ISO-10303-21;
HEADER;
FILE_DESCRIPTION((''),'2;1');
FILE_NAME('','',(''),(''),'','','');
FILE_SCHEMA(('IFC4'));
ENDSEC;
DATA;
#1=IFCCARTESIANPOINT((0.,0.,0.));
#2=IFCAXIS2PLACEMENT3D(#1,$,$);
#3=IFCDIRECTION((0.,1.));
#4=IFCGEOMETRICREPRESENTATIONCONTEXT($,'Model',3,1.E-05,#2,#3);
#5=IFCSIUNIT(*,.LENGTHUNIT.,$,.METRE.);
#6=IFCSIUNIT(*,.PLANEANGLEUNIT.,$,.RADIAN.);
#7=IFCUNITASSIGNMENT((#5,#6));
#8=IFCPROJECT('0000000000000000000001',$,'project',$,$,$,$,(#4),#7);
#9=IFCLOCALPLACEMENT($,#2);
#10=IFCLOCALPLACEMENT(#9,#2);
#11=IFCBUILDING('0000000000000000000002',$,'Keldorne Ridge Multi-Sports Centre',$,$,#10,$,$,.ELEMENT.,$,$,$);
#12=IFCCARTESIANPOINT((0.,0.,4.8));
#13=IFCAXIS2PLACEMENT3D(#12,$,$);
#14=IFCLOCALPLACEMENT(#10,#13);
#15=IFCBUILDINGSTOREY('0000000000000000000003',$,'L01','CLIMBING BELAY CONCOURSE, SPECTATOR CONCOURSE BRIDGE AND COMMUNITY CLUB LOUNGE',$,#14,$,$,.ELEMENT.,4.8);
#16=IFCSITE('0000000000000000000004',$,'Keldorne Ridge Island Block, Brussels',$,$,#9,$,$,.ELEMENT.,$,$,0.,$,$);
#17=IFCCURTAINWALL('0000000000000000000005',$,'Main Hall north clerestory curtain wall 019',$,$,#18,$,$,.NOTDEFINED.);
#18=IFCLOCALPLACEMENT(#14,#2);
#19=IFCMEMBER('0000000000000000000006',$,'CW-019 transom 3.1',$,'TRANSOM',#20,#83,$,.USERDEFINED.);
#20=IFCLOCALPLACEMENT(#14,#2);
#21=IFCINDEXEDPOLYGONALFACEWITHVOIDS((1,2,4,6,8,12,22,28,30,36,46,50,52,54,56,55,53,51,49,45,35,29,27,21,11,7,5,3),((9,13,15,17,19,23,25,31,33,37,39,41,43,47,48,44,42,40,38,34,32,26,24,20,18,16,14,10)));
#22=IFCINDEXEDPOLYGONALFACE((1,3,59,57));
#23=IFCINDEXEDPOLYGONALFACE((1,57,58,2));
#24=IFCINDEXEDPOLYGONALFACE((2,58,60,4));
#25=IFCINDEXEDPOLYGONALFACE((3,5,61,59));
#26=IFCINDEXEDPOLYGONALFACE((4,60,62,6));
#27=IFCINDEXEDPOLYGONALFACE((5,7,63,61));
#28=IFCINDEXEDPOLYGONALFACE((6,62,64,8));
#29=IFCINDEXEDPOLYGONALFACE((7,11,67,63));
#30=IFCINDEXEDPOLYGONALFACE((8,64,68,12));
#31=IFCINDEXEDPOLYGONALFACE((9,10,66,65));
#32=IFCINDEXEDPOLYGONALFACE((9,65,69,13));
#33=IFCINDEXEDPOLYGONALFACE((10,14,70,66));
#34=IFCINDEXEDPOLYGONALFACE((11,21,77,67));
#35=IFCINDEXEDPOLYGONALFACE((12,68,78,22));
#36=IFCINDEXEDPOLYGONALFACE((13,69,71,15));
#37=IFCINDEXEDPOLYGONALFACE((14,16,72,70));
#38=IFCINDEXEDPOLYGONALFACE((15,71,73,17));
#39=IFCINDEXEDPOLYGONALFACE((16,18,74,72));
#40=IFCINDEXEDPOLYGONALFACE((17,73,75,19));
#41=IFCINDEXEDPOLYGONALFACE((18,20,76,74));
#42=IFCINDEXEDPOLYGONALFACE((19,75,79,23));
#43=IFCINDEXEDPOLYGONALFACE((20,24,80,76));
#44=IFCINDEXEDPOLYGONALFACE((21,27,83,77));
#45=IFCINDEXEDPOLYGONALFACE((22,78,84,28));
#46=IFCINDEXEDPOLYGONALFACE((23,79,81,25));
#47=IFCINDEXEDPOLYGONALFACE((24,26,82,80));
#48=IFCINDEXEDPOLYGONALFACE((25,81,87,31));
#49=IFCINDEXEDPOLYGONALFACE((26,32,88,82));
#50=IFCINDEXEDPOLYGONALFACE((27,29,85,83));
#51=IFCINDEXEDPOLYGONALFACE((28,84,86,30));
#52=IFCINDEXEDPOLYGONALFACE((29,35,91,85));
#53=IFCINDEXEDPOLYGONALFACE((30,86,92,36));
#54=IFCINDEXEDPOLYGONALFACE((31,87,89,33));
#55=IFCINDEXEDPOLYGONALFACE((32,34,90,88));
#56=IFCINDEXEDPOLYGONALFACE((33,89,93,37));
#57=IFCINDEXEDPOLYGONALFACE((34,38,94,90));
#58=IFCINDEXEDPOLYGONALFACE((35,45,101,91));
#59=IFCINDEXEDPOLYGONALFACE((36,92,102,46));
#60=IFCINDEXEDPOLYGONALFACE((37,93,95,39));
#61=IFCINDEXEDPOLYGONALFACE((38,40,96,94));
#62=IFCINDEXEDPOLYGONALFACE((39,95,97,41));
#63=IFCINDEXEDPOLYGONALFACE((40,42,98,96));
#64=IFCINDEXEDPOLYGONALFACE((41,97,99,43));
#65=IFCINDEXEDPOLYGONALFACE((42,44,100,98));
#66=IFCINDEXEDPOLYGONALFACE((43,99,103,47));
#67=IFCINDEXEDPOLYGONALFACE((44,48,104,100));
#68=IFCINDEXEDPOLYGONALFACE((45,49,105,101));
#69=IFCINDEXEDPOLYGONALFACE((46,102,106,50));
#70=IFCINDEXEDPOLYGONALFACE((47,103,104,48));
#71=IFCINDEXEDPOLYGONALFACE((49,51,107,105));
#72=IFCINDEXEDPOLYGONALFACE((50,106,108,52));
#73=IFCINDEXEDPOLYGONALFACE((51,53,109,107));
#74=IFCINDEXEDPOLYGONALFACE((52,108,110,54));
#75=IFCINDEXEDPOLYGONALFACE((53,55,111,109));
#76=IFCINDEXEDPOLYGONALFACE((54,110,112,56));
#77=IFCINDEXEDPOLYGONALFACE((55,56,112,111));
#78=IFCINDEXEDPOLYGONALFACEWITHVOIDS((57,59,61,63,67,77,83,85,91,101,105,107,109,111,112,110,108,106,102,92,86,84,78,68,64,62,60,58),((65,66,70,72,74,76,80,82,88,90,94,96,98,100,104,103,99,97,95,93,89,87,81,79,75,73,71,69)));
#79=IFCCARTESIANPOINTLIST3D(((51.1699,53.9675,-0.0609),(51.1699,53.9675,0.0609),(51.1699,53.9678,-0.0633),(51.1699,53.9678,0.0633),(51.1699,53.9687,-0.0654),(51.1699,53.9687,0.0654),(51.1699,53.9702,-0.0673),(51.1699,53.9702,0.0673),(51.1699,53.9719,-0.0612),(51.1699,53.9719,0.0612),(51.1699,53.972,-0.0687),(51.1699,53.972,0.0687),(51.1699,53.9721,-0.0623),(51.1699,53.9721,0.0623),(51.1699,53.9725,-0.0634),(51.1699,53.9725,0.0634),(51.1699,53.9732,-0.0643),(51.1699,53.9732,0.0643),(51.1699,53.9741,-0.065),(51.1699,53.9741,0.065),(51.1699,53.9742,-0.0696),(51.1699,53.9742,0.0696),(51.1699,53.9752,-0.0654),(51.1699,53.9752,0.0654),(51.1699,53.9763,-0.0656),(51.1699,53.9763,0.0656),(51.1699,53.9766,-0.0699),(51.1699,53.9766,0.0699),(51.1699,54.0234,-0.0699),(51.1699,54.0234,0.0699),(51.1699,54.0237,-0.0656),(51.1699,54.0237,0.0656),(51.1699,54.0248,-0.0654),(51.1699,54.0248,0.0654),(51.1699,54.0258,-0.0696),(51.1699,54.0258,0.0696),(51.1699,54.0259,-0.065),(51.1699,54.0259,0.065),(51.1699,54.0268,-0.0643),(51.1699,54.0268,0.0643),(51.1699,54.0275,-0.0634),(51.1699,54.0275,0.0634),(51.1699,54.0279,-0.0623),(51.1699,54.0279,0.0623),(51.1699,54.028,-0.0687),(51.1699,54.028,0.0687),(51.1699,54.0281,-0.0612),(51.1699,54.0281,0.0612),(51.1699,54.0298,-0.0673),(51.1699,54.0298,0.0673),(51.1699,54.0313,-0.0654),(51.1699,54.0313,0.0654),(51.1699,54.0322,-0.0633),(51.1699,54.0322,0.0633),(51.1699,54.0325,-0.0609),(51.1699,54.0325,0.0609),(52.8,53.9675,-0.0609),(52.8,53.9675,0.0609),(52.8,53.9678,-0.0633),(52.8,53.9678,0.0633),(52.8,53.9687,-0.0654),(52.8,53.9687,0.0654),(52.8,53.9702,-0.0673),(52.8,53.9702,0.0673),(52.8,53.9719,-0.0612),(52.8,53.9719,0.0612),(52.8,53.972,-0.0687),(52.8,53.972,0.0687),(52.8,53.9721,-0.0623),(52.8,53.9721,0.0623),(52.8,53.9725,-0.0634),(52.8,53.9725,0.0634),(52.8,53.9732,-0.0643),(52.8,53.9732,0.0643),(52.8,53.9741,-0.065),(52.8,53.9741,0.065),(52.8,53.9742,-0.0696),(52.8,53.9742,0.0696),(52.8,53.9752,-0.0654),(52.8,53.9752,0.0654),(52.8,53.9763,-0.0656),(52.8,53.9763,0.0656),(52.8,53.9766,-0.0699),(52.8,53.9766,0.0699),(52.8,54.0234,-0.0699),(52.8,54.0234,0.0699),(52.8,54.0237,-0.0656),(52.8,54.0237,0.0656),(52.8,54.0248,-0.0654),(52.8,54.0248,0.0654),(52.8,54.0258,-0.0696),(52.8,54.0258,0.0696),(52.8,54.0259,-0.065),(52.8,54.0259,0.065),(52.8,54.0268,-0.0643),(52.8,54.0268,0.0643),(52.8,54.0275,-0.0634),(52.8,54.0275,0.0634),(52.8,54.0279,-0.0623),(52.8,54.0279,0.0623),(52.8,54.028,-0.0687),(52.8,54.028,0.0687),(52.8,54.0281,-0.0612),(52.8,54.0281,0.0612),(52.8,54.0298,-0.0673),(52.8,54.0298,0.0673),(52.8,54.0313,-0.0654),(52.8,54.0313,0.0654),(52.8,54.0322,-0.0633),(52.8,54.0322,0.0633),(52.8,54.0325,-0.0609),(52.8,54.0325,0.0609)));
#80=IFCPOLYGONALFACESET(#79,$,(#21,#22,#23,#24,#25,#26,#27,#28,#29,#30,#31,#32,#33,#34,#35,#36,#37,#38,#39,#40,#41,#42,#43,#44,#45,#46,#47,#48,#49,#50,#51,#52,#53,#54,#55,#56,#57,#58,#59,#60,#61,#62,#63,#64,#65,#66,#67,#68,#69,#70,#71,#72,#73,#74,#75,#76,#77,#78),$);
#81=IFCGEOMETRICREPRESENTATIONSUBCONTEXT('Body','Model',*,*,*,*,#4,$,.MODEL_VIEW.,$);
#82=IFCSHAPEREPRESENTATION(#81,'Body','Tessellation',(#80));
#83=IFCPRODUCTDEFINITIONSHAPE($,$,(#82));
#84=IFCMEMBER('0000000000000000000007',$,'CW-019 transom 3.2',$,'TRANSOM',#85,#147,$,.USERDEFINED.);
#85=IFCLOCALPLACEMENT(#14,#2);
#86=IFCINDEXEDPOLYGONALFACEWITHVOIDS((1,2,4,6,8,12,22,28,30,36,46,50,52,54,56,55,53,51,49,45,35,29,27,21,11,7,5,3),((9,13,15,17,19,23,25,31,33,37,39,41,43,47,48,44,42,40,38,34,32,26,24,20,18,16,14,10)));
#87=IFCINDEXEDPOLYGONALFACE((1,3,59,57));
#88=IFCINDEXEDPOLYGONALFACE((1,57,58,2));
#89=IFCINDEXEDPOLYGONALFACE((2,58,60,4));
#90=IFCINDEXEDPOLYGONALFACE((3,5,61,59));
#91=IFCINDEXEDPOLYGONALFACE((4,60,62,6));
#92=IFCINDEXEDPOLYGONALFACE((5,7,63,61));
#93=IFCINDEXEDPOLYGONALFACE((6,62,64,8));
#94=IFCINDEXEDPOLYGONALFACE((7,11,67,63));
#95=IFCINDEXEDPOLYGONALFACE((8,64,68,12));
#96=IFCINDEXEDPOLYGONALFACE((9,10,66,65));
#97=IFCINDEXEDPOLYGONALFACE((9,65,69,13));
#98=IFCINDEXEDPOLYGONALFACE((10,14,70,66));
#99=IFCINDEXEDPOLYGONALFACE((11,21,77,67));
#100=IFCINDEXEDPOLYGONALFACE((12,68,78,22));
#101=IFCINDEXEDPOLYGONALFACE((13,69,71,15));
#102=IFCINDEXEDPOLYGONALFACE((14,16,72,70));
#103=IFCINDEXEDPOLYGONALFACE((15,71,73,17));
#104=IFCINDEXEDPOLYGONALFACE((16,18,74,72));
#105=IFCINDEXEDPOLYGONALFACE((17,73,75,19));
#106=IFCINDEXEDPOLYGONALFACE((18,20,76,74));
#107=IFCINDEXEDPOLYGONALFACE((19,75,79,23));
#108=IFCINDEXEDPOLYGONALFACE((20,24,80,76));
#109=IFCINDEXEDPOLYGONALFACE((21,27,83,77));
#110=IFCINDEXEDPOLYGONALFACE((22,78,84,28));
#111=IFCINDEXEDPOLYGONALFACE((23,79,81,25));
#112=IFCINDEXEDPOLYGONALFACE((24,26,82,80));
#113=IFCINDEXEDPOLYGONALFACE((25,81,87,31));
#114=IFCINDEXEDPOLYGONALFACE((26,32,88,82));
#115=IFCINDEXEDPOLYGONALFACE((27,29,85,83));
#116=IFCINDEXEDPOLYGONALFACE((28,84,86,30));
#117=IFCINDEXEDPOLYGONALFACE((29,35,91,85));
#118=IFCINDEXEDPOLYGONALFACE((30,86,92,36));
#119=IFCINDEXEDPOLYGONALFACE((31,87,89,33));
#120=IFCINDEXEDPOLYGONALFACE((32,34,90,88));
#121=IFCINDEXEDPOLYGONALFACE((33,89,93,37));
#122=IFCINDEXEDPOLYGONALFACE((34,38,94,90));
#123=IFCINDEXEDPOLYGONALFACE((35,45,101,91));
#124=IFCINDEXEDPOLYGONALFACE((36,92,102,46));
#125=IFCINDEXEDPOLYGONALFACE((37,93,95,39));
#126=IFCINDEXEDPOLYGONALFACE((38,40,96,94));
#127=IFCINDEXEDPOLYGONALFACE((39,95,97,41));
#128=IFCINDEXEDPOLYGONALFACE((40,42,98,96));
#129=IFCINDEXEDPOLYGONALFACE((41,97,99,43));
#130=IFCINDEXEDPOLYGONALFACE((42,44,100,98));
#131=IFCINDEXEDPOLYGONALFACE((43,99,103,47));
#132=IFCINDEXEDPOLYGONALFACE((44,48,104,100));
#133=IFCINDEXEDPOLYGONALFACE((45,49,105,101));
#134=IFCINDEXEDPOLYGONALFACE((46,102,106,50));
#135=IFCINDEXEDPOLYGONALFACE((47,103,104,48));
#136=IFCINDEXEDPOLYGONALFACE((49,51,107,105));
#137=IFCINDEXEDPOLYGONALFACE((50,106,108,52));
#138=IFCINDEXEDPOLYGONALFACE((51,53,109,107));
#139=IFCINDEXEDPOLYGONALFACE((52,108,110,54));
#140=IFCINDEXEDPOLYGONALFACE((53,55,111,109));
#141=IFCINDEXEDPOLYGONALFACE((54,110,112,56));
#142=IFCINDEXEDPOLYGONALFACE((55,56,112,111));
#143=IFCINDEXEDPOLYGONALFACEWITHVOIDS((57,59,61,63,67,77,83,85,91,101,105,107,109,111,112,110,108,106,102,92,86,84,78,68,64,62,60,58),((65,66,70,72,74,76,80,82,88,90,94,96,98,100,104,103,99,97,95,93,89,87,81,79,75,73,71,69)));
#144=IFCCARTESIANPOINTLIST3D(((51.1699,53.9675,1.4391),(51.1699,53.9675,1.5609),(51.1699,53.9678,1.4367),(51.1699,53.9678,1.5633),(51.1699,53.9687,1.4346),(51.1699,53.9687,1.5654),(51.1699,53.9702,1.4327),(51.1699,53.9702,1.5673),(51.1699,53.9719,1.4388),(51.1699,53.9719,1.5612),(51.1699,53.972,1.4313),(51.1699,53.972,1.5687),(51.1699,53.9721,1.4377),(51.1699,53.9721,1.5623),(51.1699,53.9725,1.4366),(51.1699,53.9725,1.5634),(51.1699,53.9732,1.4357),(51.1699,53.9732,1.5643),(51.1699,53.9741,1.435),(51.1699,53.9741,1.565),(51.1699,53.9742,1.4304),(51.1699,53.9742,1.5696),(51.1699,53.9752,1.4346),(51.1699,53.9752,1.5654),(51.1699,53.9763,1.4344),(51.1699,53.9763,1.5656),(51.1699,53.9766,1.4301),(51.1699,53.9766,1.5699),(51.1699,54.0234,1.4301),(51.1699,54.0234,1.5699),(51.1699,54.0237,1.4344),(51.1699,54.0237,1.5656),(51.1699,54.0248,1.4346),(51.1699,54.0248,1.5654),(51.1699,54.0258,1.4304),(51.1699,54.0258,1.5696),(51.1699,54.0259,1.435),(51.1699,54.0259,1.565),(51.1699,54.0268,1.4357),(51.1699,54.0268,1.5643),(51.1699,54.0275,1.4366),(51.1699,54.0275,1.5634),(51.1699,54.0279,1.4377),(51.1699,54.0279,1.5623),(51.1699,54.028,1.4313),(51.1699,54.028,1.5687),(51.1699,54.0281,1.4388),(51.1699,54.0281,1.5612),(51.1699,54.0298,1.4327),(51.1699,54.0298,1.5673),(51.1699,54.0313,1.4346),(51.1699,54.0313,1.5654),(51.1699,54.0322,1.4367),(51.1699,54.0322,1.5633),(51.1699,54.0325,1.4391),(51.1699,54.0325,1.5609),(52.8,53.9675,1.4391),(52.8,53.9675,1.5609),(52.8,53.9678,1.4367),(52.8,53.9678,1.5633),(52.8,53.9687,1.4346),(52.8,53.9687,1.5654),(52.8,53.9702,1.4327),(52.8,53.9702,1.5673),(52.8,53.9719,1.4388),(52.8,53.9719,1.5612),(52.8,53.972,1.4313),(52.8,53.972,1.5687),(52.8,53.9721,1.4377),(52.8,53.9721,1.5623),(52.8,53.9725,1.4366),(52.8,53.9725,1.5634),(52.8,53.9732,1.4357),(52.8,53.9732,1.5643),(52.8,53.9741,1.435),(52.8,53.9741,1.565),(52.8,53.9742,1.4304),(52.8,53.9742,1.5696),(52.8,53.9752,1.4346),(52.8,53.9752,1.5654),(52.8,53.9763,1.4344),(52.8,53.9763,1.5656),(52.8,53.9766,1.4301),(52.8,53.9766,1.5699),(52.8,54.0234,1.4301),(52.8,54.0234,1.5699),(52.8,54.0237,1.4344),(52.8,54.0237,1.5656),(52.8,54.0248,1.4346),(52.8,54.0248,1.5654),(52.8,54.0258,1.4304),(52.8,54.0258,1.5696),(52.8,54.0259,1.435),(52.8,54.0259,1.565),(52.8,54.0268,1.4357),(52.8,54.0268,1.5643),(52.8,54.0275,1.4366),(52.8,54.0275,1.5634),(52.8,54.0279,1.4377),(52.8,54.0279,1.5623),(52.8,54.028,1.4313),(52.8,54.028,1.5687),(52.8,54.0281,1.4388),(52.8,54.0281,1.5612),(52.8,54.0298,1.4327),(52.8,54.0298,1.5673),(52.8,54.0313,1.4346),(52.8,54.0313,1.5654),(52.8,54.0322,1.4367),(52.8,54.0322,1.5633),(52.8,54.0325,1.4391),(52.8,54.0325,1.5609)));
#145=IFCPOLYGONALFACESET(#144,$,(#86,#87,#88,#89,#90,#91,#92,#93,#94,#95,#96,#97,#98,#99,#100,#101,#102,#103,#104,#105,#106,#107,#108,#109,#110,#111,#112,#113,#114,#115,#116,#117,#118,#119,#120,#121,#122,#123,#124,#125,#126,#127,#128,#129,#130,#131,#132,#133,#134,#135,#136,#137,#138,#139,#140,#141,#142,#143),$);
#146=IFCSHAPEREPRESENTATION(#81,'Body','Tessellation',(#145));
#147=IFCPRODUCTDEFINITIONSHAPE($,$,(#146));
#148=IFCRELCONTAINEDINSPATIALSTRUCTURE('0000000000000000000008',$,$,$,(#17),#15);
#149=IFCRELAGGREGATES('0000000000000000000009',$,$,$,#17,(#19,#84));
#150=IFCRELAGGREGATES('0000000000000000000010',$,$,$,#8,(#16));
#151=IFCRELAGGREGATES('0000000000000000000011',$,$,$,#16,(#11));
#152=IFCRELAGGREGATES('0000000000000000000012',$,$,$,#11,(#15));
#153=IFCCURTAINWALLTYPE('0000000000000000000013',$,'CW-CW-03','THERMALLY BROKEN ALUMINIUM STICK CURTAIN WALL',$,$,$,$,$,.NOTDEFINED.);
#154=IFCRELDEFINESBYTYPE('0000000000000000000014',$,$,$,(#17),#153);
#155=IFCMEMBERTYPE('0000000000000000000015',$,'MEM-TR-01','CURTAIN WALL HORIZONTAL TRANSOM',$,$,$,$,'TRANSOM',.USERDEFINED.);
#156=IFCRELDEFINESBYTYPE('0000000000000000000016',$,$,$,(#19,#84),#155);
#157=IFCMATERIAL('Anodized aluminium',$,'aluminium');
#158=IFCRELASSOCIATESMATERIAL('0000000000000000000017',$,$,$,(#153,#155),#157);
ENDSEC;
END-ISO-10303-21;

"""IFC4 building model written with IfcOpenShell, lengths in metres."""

from ifc_helpers import new_model, si_unit, direction, frame, origin, origin_2d, place, context, subcontext, project, spatial, hollow_rectangle, extrude, material, material_profile, profile_set, type_object, element, aggregate, save


model = new_model("IFC4")

# Units and contexts
model_context = context("Model", 3, precision=1e-05, world=origin(), true_north=direction((0.0, 1.0)))
body_context = subcontext(model_context, "Body", "Model", "MODEL_VIEW")
ifc_project = project(units=[si_unit("LENGTHUNIT", "METRE"), si_unit("PLANEANGLEUNIT", "RADIAN")], contexts=[model_context])

# Site, building, storey
site_placement = place(None, origin())
site = spatial("IfcSite", under=ifc_project, at=site_placement, Name="Keldorne Ridge Island Block, Brussels", CompositionType="ELEMENT", RefElevation=0.0)
building_placement = place(site_placement, origin())
building = spatial("IfcBuilding", under=site, at=building_placement, Name="Keldorne Ridge Multi-Sports Centre", CompositionType="ELEMENT")
storey_placement = place(building_placement, frame((0.0, 0.0, 4.8)))
storey = spatial("IfcBuildingStorey", under=building, at=storey_placement, Name="L01", Description="CLIMBING BELAY CONCOURSE, SPECTATOR CONCOURSE BRIDGE AND COMMUNITY CLUB LOUNGE", CompositionType="ELEMENT", Elevation=4.8)

# Curtain wall, members
ifc_material_1 = material(Name="Anodized aluminium", Category="aluminium")
curtain_wall_type = type_object("IfcCurtainWallType", Name="CW-CW-03", Description="THERMALLY BROKEN ALUMINIUM STICK CURTAIN WALL", PredefinedType="NOTDEFINED", material=ifc_material_1)
curtain_wall_placement = place(storey_placement, origin())
curtain_wall = element("IfcCurtainWall", 1, at=curtain_wall_placement, inside=storey, type_object=curtain_wall_type, Name="Main Hall north clerestory curtain wall 019", PredefinedType="NOTDEFINED")
ifc_material_profile_1 = material_profile(ifc_material_1, hollow_rectangle(XDim=0.0649, YDim=0.1399, WallThickness=0.0044, InnerFilletRadius=0.0044, OuterFilletRadius=0.009, at=origin_2d()), Name="ALU TRANSOM 140x65x4.5")
ifc_profile_set_1 = profile_set([ifc_material_profile_1], Name="Anodized aluminium")
member_type_1 = type_object("IfcMemberType", Name="MEM-TR-01", Description="CURTAIN WALL HORIZONTAL TRANSOM", ElementType="TRANSOM", PredefinedType="USERDEFINED", material=ifc_profile_set_1)
member_1_placement = place(storey_placement, frame((52.8, 54.0, 0.0), z_axis=(-1.0, 0.0, 0.0), x_axis=(0.0, -1.0, 0.0)))
member_1 = element("IfcMember", 2, at=member_1_placement, type_object=member_type_1, Name="CW-019 transom 3.1", ObjectType="TRANSOM", PredefinedType="USERDEFINED", context=body_context, shape_type="SweptSolid", body=[
    extrude(hollow_rectangle(XDim=0.0649, YDim=0.1399, WallThickness=0.0044, InnerFilletRadius=0.0044, OuterFilletRadius=0.009, at=origin_2d()), origin(), (0.0, 0.0, 1.0), 1.6301),
])
member_2_placement = place(storey_placement, frame((52.8, 54.0, 1.5), z_axis=(-1.0, 0.0, 0.0), x_axis=(0.0, -1.0, 0.0)))
member_2 = element("IfcMember", 3, at=member_2_placement, type_object=member_type_1, Name="CW-019 transom 3.2", ObjectType="TRANSOM", PredefinedType="USERDEFINED", context=body_context, shape_type="SweptSolid", body=[
    extrude(hollow_rectangle(XDim=0.0649, YDim=0.1399, WallThickness=0.0044, InnerFilletRadius=0.0044, OuterFilletRadius=0.009, at=origin_2d()), origin(), (0.0, 0.0, 1.0), 1.6301),
])
aggregate(curtain_wall, [member_1, member_2])

save(model, "model.ifc")
